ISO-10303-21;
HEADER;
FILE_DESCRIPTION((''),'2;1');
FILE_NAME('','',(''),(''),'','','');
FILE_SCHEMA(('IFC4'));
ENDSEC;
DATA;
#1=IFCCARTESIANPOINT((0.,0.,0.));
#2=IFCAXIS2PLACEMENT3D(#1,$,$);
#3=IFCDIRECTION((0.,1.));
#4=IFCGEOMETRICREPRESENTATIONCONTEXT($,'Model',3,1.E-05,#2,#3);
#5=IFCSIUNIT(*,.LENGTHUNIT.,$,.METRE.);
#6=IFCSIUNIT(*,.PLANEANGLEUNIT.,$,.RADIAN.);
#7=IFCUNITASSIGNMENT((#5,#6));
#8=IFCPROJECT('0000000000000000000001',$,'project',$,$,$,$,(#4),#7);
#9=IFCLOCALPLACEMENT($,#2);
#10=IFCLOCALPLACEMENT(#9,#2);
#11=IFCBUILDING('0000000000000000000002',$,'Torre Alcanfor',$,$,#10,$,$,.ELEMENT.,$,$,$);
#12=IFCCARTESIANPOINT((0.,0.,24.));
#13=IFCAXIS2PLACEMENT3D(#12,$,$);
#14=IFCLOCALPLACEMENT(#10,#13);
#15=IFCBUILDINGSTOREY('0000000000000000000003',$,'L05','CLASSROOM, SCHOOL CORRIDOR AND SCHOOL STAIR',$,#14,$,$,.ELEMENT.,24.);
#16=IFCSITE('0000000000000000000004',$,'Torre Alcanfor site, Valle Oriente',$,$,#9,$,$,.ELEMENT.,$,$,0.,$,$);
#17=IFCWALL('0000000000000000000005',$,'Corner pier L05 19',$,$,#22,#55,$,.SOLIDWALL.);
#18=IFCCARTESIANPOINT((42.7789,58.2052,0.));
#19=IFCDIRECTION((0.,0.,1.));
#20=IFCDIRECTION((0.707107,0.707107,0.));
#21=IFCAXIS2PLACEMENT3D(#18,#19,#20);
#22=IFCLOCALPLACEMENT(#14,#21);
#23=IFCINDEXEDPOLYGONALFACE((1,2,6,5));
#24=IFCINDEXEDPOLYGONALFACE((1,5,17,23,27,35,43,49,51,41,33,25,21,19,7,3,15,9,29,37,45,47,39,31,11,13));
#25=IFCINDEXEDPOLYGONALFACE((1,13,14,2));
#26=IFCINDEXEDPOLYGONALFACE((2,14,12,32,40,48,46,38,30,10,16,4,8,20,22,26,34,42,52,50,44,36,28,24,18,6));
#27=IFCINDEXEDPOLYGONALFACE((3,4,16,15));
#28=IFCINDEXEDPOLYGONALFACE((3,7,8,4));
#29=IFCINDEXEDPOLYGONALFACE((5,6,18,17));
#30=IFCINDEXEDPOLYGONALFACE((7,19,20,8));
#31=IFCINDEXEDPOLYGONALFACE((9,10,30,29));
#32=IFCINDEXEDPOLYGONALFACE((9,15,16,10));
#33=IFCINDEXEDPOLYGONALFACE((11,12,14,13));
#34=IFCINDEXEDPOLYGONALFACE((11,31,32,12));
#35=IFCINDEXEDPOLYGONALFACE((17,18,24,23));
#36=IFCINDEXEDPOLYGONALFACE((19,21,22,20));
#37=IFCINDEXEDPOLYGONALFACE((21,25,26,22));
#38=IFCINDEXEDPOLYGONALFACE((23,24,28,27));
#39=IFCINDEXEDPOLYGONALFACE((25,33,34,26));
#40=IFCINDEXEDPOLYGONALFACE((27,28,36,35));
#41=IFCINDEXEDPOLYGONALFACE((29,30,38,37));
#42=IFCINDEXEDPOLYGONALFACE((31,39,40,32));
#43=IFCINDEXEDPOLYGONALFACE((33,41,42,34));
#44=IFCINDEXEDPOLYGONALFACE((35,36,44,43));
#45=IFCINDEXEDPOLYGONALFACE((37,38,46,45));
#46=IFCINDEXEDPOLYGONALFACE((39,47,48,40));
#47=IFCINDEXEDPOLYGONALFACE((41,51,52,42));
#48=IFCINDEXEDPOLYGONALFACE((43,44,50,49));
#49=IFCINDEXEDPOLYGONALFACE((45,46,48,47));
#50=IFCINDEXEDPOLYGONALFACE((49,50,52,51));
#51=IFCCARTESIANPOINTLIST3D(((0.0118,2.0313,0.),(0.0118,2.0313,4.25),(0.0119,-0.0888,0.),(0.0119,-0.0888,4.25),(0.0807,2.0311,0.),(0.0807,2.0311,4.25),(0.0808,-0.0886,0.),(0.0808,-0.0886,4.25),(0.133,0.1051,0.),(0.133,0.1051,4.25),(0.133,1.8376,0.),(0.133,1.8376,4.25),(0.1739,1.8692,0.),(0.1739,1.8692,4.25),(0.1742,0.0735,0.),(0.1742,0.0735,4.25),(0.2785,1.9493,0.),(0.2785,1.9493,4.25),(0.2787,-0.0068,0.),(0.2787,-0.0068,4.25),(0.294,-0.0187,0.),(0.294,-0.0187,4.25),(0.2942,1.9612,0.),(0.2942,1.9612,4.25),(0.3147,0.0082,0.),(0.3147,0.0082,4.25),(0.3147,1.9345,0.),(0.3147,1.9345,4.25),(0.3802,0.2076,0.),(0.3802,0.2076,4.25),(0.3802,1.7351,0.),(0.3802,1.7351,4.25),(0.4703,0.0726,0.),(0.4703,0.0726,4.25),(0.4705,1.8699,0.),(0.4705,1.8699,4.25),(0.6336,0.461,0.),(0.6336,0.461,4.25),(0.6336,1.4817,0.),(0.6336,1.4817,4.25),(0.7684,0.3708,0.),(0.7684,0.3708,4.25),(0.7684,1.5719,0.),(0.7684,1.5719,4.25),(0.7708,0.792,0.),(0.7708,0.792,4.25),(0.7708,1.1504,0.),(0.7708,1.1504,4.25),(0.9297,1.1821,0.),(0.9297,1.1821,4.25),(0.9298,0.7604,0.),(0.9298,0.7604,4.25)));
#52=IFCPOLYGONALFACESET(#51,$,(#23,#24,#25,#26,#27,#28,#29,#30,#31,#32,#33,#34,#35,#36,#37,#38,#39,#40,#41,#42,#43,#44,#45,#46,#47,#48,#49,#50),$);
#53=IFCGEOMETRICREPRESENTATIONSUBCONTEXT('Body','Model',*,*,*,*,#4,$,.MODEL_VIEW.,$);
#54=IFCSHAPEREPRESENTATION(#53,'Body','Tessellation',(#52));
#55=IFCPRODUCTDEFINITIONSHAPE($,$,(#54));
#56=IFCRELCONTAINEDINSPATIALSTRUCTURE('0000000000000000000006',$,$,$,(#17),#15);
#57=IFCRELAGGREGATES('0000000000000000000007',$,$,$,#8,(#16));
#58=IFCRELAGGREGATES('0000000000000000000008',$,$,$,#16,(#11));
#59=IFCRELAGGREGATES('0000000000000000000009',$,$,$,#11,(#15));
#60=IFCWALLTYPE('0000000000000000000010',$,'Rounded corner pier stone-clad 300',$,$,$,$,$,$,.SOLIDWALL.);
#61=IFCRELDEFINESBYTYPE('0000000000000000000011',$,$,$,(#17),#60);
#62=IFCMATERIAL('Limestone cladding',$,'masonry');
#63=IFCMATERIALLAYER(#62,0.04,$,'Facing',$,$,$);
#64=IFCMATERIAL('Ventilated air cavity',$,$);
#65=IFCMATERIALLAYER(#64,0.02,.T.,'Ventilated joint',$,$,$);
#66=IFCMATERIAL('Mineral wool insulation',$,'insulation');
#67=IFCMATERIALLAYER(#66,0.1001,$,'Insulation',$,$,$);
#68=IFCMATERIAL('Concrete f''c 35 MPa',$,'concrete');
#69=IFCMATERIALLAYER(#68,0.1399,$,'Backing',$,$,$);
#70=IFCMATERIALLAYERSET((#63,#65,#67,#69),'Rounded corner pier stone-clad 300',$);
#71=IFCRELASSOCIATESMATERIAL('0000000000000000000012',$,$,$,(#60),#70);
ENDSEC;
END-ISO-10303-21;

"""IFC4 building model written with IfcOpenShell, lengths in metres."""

from ifc_helpers import new_model, si_unit, direction, frame, origin, place, context, subcontext, project, spatial, polyline, outline, extrude, material, layer, layer_set, type_object, element, save


model = new_model("IFC4")

# Units and contexts
model_context = context("Model", 3, precision=1e-05, world=origin(), true_north=direction((0.0, 1.0)))
body_context = subcontext(model_context, "Body", "Model", "MODEL_VIEW")
ifc_project = project(units=[si_unit("LENGTHUNIT", "METRE"), si_unit("PLANEANGLEUNIT", "RADIAN")], contexts=[model_context])

# Site, building, storey
site_placement = place(None, origin())
site = spatial("IfcSite", under=ifc_project, at=site_placement, Name="Torre Alcanfor site, Valle Oriente", CompositionType="ELEMENT", RefElevation=0.0)
building_placement = place(site_placement, origin())
building = spatial("IfcBuilding", under=site, at=building_placement, Name="Torre Alcanfor", CompositionType="ELEMENT")
storey_placement = place(building_placement, frame((0.0, 0.0, 24.0)))
storey = spatial("IfcBuildingStorey", under=building, at=storey_placement, Name="L05", Description="CLASSROOM, SCHOOL CORRIDOR AND SCHOOL STAIR", CompositionType="ELEMENT", Elevation=24.0)

# Shared definitions
ifc_material_1 = material(Name="Limestone cladding", Category="masonry")
ifc_material_2 = material(Name="Ventilated air cavity")
ifc_material_3 = material(Name="Mineral wool insulation", Category="insulation")
ifc_material_4 = material(Name="Concrete f'c 35 MPa", Category="concrete")

# Wall
ifc_layer_1 = layer(ifc_material_1, 0.04, Name="Facing")
ifc_layer_2 = layer(ifc_material_2, 0.02, ventilated=True, Name="Ventilated joint")
ifc_layer_3 = layer(ifc_material_3, 0.1001, Name="Insulation")
ifc_layer_4 = layer(ifc_material_4, 0.1399, Name="Backing")
ifc_layer_set_1 = layer_set([ifc_layer_1, ifc_layer_2, ifc_layer_3, ifc_layer_4], Name="Rounded corner pier stone-clad 300")
wall_type_1 = type_object("IfcWallType", Name="Rounded corner pier stone-clad 300", PredefinedType="SOLIDWALL", material=ifc_layer_set_1)
wall_1_placement = place(storey_placement, frame((42.7789, 58.2052, 0.0), z_axis=(0.0, 0.0, 1.0), x_axis=(0.707107, 0.707107, 0.0)))
element("IfcWall", 1, at=wall_1_placement, inside=storey, type_object=wall_type_1, Name="Corner pier L05 19", PredefinedType="SOLIDWALL", context=body_context, shape_type="SweptSolid", body=[
    extrude(outline(polyline([(0.4703, 0.0726), (0.7684, 0.3708), (0.9298, 0.7604), (0.9297, 1.1821), (0.7684, 1.5719), (0.4705, 1.8699), (0.3147, 1.9345), (0.2942, 1.9612), (0.2785, 1.9493), (0.0807, 2.0311), (0.0118, 2.0313), (0.1739, 1.8692), (0.133, 1.8376), (0.3802, 1.7351), (0.6336, 1.4817), (0.7708, 1.1504), (0.7708, 0.792), (0.6336, 0.461), (0.3802, 0.2076), (0.133, 0.1051), (0.1742, 0.0735), (0.0119, -0.0888), (0.0808, -0.0886), (0.2787, -0.0068), (0.294, -0.0187), (0.3147, 0.0082), (0.4703, 0.0726)])), origin(), (0.0, 0.0, 1.0), 4.25),
])

save(model, "model.ifc")
